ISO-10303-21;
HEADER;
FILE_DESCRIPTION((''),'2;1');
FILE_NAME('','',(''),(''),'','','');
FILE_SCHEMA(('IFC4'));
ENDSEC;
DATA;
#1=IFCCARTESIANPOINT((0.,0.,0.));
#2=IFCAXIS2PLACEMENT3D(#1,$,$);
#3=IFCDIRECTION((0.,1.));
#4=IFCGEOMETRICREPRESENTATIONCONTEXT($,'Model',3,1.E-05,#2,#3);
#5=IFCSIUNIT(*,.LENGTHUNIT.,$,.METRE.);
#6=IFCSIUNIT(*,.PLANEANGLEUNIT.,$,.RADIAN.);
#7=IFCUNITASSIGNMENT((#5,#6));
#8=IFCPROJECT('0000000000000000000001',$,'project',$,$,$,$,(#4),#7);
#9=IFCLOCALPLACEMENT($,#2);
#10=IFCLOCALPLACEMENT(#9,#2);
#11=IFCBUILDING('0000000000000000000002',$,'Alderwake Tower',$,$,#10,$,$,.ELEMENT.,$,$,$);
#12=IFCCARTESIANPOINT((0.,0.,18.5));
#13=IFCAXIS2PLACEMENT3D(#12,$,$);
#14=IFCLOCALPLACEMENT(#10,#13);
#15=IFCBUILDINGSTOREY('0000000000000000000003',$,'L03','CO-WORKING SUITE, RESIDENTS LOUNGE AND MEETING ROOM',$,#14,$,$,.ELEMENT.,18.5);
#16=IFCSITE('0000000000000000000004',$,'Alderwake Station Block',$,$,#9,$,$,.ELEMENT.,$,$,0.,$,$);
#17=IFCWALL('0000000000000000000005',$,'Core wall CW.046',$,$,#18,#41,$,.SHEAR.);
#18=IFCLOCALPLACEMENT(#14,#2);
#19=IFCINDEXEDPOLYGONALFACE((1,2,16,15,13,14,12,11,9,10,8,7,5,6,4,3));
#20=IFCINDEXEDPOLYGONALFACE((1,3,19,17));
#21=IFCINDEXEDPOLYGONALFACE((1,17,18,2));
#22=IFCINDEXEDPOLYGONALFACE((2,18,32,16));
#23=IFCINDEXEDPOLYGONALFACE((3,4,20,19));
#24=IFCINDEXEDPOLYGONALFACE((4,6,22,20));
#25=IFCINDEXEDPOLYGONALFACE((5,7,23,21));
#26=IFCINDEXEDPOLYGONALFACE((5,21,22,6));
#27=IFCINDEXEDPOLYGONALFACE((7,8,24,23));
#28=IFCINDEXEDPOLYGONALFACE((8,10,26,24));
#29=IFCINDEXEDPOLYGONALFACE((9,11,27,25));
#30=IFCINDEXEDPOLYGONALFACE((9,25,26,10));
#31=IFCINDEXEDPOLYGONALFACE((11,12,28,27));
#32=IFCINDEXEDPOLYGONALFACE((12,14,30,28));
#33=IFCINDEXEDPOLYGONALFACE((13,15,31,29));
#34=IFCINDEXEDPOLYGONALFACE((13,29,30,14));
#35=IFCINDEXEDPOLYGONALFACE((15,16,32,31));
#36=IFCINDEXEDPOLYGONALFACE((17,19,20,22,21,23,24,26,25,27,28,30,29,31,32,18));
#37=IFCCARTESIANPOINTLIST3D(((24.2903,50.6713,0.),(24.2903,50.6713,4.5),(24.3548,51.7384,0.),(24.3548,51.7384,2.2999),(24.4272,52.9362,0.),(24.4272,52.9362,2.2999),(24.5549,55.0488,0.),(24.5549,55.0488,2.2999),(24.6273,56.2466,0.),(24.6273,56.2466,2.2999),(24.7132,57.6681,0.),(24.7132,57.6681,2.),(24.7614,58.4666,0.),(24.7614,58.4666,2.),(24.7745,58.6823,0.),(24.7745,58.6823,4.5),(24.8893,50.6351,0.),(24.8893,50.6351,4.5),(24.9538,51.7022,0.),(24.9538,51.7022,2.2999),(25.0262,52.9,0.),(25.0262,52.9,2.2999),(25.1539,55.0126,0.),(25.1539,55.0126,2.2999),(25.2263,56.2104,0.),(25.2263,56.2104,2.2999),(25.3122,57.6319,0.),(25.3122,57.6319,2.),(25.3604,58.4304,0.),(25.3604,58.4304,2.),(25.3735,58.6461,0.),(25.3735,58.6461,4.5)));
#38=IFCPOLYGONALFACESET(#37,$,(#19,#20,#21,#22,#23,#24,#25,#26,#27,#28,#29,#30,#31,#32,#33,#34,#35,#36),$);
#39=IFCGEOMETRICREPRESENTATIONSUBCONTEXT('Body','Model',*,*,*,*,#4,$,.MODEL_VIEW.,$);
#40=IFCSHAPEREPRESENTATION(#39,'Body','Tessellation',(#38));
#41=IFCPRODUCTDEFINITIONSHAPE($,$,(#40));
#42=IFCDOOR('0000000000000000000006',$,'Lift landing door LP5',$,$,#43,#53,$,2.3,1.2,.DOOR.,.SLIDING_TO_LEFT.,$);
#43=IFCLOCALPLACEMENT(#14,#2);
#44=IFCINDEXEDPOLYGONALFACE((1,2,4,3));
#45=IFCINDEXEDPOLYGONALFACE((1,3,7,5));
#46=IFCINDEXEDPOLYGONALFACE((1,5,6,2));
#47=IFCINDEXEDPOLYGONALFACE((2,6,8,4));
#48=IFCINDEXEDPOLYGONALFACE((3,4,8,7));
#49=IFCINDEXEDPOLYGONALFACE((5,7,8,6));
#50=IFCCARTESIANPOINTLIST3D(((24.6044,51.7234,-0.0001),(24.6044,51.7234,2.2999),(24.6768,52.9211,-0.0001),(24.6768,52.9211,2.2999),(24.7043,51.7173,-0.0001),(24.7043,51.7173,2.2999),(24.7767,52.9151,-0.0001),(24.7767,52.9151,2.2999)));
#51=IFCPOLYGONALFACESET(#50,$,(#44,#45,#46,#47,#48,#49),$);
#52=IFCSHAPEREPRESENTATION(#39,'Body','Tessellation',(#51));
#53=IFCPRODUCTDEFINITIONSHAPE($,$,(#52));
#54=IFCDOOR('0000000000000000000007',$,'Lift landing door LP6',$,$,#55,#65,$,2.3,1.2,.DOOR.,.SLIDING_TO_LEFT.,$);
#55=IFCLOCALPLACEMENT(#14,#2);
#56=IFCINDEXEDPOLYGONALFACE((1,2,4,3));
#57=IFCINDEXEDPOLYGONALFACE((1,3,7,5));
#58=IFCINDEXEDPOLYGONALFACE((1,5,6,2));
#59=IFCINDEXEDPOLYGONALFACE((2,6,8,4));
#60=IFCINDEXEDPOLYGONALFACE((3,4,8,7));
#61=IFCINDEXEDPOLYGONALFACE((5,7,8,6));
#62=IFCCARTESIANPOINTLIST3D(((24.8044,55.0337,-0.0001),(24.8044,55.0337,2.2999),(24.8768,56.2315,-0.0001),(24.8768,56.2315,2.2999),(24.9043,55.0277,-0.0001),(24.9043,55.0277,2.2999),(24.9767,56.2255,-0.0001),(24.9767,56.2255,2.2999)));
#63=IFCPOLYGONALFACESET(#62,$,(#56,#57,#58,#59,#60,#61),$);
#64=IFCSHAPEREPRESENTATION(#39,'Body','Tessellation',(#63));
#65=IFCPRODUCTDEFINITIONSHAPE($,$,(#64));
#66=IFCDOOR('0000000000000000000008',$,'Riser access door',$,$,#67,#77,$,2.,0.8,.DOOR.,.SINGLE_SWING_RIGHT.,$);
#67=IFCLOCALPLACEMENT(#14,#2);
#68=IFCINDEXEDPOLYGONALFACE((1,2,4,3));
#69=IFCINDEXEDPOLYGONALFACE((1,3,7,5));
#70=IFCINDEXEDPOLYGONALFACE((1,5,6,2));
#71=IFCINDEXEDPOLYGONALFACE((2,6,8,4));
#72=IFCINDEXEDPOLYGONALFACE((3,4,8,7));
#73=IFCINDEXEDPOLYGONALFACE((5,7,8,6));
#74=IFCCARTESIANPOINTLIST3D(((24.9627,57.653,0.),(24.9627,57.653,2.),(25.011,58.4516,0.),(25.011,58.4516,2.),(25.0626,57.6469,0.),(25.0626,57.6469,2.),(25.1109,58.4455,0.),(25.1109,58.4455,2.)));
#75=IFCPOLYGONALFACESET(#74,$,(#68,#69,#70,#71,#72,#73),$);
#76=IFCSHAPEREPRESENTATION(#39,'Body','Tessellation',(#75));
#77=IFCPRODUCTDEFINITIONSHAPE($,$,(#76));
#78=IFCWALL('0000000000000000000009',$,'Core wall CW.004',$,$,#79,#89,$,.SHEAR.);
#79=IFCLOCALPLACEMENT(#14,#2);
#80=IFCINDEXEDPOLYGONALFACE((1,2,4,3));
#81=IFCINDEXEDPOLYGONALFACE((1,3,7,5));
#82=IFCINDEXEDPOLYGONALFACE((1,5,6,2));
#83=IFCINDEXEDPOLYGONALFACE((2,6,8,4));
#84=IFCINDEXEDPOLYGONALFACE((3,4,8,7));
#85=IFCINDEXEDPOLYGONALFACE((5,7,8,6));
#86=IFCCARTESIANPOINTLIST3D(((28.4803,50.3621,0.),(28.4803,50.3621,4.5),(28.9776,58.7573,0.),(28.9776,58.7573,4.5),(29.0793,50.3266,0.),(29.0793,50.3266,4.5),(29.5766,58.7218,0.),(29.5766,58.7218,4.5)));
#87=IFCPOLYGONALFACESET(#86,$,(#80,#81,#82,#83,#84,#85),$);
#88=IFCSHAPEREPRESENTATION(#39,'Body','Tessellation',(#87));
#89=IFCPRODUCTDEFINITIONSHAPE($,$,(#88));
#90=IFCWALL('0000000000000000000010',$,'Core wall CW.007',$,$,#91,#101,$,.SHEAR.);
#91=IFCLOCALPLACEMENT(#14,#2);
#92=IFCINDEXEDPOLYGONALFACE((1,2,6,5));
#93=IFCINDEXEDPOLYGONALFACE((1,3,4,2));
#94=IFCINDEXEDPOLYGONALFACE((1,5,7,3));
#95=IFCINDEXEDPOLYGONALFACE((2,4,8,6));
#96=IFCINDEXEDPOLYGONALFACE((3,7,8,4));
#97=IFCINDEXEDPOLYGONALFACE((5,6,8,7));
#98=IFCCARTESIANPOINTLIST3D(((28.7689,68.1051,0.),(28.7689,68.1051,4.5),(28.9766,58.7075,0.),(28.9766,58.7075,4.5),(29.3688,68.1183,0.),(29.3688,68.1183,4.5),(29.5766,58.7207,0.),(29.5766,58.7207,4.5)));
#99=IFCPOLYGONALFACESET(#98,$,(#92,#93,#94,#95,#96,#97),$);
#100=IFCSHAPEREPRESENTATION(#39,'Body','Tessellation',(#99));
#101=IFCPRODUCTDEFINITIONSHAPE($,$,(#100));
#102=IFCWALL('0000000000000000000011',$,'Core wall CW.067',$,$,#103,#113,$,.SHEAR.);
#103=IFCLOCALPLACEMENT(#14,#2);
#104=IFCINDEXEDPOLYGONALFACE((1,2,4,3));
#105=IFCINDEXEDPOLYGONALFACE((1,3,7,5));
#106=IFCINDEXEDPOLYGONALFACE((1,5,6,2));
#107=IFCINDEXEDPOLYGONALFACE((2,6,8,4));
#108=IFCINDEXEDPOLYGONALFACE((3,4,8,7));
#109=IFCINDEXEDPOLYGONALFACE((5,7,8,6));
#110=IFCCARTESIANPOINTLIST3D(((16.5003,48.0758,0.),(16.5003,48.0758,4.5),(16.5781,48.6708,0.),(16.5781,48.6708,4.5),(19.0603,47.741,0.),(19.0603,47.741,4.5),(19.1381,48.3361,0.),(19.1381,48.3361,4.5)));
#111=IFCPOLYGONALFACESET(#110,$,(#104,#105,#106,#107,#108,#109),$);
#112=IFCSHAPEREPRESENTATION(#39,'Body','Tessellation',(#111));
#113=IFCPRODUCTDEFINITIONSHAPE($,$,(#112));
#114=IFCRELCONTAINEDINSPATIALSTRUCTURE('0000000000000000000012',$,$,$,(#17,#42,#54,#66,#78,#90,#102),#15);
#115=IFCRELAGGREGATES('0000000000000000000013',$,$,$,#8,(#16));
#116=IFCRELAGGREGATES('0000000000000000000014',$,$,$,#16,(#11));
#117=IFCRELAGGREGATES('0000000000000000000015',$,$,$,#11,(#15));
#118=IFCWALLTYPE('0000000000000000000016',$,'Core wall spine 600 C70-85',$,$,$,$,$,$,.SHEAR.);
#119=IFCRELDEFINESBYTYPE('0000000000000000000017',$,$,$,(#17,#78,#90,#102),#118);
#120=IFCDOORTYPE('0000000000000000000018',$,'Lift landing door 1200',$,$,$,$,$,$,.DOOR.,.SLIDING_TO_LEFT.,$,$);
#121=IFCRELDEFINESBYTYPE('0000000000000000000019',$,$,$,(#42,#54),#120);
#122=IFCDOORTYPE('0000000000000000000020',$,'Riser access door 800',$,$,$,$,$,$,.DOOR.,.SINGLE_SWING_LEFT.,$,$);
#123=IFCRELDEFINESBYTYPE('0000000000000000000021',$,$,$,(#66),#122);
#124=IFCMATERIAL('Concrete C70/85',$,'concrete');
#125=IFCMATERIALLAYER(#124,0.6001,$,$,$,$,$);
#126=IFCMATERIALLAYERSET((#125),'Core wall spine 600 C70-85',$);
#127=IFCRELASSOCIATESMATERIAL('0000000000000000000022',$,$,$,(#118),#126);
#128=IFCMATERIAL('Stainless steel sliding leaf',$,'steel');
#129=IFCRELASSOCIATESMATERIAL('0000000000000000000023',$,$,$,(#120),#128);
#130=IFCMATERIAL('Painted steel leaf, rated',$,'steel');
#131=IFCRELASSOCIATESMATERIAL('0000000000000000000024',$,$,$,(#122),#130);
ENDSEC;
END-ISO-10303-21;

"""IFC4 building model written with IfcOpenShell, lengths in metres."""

from ifc_helpers import new_model, si_unit, direction, frame, frame_2d, origin, place, context, subcontext, project, spatial, rectangle, extrude, material, layer, layer_set, type_object, element, fill, save


model = new_model("IFC4")

# Units and contexts
model_context = context("Model", 3, precision=1e-05, world=origin(), true_north=direction((0.0, 1.0)))
body_context = subcontext(model_context, "Body", "Model", "MODEL_VIEW")
ifc_project = project(units=[si_unit("LENGTHUNIT", "METRE"), si_unit("PLANEANGLEUNIT", "RADIAN")], contexts=[model_context])

# Site, building, storey
site_placement = place(None, origin())
site = spatial("IfcSite", under=ifc_project, at=site_placement, Name="Alderwake Station Block", CompositionType="ELEMENT", RefElevation=0.0)
building_placement = place(site_placement, origin())
building = spatial("IfcBuilding", under=site, at=building_placement, Name="Alderwake Tower", CompositionType="ELEMENT")
storey_placement = place(building_placement, frame((0.0, 0.0, 18.5)))
storey = spatial("IfcBuildingStorey", under=building, at=storey_placement, Name="L03", Description="CO-WORKING SUITE, RESIDENTS LOUNGE AND MEETING ROOM", CompositionType="ELEMENT", Elevation=18.5)

# Wall, openings, doors
ifc_material_1 = material(Name="Concrete C70/85", Category="concrete")
ifc_layer_1 = layer(ifc_material_1, 0.6001)
ifc_layer_set_1 = layer_set([ifc_layer_1], Name="Core wall spine 600 C70-85")
wall_type_1 = type_object("IfcWallType", Name="Core wall spine 600 C70-85", PredefinedType="SHEAR", material=ifc_layer_set_1)
ifc_material_2 = material(Name="Stainless steel sliding leaf", Category="steel")
door_type_1 = type_object("IfcDoorType", Name="Lift landing door 1200", OperationType="SLIDING_TO_LEFT", PredefinedType="DOOR", material=ifc_material_2)
ifc_material_3 = material(Name="Painted steel leaf, rated", Category="steel")
door_type_2 = type_object("IfcDoorType", Name="Riser access door 800", OperationType="SINGLE_SWING_LEFT", PredefinedType="DOOR", material=ifc_material_3)
wall_1_placement = place(storey_placement, frame((24.5898, 50.6533, 0.0), z_axis=(0.0, 0.0, 1.0), x_axis=(0.060323, 0.998179, 0.0)))
wall_1 = element("IfcWall", 1, at=wall_1_placement, inside=storey, type_object=wall_type_1, Name="Core wall CW.046", PredefinedType="SHEAR", context=body_context, shape_type="SweptSolid", body=[
    extrude(rectangle(XDim=8.0256, YDim=0.6001, at=frame_2d((4.0127, 0.0))), origin(), (0.0, 0.0, 1.0), 4.5),
])
opening_1_placement = place(wall_1_placement, frame((1.0688, 0.0, 0.0)))
opening_1 = element("IfcOpeningElement", 2, at=opening_1_placement, cuts=wall_1, PredefinedType="OPENING", context=body_context, shape_type="SweptSolid", body=[
    extrude(rectangle(XDim=1.2, YDim=2.3, at=frame_2d((0.6001, 1.1499))), frame((0.0, 0.3101, 0.0), z_axis=(0.0, -1.0, 0.0), x_axis=(1.0, 0.0, 0.0)), (0.0, 0.0, 1.0), 0.6201),
])
opening_2_placement = place(wall_1_placement, frame((4.3853, 0.0, 0.0)))
opening_2 = element("IfcOpeningElement", 3, at=opening_2_placement, cuts=wall_1, PredefinedType="OPENING", context=body_context, shape_type="SweptSolid", body=[
    extrude(rectangle(XDim=1.2, YDim=2.3, at=frame_2d((0.6001, 1.1499))), frame((0.0, 0.3101, 0.0), z_axis=(0.0, -1.0, 0.0), x_axis=(1.0, 0.0, 0.0)), (0.0, 0.0, 1.0), 0.6201),
])
opening_3_placement = place(wall_1_placement, frame((7.0095, 0.0, 0.0)))
opening_3 = element("IfcOpeningElement", 4, at=opening_3_placement, cuts=wall_1, PredefinedType="OPENING", context=body_context, shape_type="SweptSolid", body=[
    extrude(rectangle(XDim=0.8, YDim=2.0, at=frame_2d((0.3999, 1.0))), frame((0.0, 0.3101, 0.0), z_axis=(0.0, -1.0, 0.0), x_axis=(1.0, 0.0, 0.0)), (0.0, 0.0, 1.0), 0.6201),
])
door_1_placement = place(opening_1_placement, origin())
door_1 = element("IfcDoor", 5, at=door_1_placement, inside=storey, type_object=door_type_1, Name="Lift landing door LP5", OperationType="SLIDING_TO_LEFT", OverallHeight=2.3, OverallWidth=1.2, PredefinedType="DOOR", context=body_context, shape_type="SweptSolid", body=[
    extrude(rectangle(XDim=1.2, YDim=2.3, at=frame_2d((0.6001, 1.1499))), frame((0.0, 0.05, 0.0), z_axis=(0.0, -1.0, 0.0), x_axis=(1.0, 0.0, 0.0)), (0.0, 0.0, 1.0), 0.1001),
])
fill(opening_1, door_1)
door_2_placement = place(opening_2_placement, origin())
door_2 = element("IfcDoor", 6, at=door_2_placement, inside=storey, type_object=door_type_1, Name="Lift landing door LP6", OperationType="SLIDING_TO_LEFT", OverallHeight=2.3, OverallWidth=1.2, PredefinedType="DOOR", context=body_context, shape_type="SweptSolid", body=[
    extrude(rectangle(XDim=1.2, YDim=2.3, at=frame_2d((0.6001, 1.1499))), frame((0.0, 0.05, 0.0), z_axis=(0.0, -1.0, 0.0), x_axis=(1.0, 0.0, 0.0)), (0.0, 0.0, 1.0), 0.1001),
])
fill(opening_2, door_2)
door_3_placement = place(opening_3_placement, origin())
door_3 = element("IfcDoor", 7, at=door_3_placement, inside=storey, type_object=door_type_2, Name="Riser access door", OperationType="SINGLE_SWING_RIGHT", OverallHeight=2.0, OverallWidth=0.8, PredefinedType="DOOR", context=body_context, shape_type="SweptSolid", body=[
    extrude(rectangle(XDim=0.8, YDim=2.0, at=frame_2d((0.3999, 1.0))), frame((0.0, 0.05, 0.0), z_axis=(0.0, -1.0, 0.0), x_axis=(1.0, 0.0, 0.0)), (0.0, 0.0, 1.0), 0.1001),
])
fill(opening_3, door_3)

# Walls
wall_2_placement = place(storey_placement, frame((28.7798, 50.3442, 0.0), z_axis=(0.0, 0.0, 1.0), x_axis=(0.059134, 0.99825, 0.0)))
element("IfcWall", 8, at=wall_2_placement, inside=storey, type_object=wall_type_1, Name="Core wall CW.004", PredefinedType="SHEAR", context=body_context, shape_type="SweptSolid", body=[
    extrude(rectangle(XDim=8.4099, YDim=0.6001, at=frame_2d((4.2051, 0.0))), origin(), (0.0, 0.0, 1.0), 4.5),
])
wall_3_placement = place(storey_placement, frame((29.2766, 58.7141, 0.0), z_axis=(0.0, 0.0, 1.0), x_axis=(-0.022103, 0.999756, 0.0)))
element("IfcWall", 9, at=wall_3_placement, inside=storey, type_object=wall_type_1, Name="Core wall CW.007", PredefinedType="SHEAR", context=body_context, shape_type="SweptSolid", body=[
    extrude(rectangle(XDim=9.3999, YDim=0.6001, at=frame_2d((4.7, 0.0))), origin(), (0.0, 0.0, 1.0), 4.5),
])
wall_4_placement = place(storey_placement, frame((16.5391, 48.3733, 0.0), z_axis=(0.0, 0.0, 1.0), x_axis=(0.991561, -0.129642, 0.0)))
element("IfcWall", 10, at=wall_4_placement, inside=storey, type_object=wall_type_1, Name="Core wall CW.067", PredefinedType="SHEAR", context=body_context, shape_type="SweptSolid", body=[
    extrude(rectangle(XDim=2.5818, YDim=0.6001, at=frame_2d((1.291, 0.0))), origin(), (0.0, 0.0, 1.0), 4.5),
])

save(model, "model.ifc")
